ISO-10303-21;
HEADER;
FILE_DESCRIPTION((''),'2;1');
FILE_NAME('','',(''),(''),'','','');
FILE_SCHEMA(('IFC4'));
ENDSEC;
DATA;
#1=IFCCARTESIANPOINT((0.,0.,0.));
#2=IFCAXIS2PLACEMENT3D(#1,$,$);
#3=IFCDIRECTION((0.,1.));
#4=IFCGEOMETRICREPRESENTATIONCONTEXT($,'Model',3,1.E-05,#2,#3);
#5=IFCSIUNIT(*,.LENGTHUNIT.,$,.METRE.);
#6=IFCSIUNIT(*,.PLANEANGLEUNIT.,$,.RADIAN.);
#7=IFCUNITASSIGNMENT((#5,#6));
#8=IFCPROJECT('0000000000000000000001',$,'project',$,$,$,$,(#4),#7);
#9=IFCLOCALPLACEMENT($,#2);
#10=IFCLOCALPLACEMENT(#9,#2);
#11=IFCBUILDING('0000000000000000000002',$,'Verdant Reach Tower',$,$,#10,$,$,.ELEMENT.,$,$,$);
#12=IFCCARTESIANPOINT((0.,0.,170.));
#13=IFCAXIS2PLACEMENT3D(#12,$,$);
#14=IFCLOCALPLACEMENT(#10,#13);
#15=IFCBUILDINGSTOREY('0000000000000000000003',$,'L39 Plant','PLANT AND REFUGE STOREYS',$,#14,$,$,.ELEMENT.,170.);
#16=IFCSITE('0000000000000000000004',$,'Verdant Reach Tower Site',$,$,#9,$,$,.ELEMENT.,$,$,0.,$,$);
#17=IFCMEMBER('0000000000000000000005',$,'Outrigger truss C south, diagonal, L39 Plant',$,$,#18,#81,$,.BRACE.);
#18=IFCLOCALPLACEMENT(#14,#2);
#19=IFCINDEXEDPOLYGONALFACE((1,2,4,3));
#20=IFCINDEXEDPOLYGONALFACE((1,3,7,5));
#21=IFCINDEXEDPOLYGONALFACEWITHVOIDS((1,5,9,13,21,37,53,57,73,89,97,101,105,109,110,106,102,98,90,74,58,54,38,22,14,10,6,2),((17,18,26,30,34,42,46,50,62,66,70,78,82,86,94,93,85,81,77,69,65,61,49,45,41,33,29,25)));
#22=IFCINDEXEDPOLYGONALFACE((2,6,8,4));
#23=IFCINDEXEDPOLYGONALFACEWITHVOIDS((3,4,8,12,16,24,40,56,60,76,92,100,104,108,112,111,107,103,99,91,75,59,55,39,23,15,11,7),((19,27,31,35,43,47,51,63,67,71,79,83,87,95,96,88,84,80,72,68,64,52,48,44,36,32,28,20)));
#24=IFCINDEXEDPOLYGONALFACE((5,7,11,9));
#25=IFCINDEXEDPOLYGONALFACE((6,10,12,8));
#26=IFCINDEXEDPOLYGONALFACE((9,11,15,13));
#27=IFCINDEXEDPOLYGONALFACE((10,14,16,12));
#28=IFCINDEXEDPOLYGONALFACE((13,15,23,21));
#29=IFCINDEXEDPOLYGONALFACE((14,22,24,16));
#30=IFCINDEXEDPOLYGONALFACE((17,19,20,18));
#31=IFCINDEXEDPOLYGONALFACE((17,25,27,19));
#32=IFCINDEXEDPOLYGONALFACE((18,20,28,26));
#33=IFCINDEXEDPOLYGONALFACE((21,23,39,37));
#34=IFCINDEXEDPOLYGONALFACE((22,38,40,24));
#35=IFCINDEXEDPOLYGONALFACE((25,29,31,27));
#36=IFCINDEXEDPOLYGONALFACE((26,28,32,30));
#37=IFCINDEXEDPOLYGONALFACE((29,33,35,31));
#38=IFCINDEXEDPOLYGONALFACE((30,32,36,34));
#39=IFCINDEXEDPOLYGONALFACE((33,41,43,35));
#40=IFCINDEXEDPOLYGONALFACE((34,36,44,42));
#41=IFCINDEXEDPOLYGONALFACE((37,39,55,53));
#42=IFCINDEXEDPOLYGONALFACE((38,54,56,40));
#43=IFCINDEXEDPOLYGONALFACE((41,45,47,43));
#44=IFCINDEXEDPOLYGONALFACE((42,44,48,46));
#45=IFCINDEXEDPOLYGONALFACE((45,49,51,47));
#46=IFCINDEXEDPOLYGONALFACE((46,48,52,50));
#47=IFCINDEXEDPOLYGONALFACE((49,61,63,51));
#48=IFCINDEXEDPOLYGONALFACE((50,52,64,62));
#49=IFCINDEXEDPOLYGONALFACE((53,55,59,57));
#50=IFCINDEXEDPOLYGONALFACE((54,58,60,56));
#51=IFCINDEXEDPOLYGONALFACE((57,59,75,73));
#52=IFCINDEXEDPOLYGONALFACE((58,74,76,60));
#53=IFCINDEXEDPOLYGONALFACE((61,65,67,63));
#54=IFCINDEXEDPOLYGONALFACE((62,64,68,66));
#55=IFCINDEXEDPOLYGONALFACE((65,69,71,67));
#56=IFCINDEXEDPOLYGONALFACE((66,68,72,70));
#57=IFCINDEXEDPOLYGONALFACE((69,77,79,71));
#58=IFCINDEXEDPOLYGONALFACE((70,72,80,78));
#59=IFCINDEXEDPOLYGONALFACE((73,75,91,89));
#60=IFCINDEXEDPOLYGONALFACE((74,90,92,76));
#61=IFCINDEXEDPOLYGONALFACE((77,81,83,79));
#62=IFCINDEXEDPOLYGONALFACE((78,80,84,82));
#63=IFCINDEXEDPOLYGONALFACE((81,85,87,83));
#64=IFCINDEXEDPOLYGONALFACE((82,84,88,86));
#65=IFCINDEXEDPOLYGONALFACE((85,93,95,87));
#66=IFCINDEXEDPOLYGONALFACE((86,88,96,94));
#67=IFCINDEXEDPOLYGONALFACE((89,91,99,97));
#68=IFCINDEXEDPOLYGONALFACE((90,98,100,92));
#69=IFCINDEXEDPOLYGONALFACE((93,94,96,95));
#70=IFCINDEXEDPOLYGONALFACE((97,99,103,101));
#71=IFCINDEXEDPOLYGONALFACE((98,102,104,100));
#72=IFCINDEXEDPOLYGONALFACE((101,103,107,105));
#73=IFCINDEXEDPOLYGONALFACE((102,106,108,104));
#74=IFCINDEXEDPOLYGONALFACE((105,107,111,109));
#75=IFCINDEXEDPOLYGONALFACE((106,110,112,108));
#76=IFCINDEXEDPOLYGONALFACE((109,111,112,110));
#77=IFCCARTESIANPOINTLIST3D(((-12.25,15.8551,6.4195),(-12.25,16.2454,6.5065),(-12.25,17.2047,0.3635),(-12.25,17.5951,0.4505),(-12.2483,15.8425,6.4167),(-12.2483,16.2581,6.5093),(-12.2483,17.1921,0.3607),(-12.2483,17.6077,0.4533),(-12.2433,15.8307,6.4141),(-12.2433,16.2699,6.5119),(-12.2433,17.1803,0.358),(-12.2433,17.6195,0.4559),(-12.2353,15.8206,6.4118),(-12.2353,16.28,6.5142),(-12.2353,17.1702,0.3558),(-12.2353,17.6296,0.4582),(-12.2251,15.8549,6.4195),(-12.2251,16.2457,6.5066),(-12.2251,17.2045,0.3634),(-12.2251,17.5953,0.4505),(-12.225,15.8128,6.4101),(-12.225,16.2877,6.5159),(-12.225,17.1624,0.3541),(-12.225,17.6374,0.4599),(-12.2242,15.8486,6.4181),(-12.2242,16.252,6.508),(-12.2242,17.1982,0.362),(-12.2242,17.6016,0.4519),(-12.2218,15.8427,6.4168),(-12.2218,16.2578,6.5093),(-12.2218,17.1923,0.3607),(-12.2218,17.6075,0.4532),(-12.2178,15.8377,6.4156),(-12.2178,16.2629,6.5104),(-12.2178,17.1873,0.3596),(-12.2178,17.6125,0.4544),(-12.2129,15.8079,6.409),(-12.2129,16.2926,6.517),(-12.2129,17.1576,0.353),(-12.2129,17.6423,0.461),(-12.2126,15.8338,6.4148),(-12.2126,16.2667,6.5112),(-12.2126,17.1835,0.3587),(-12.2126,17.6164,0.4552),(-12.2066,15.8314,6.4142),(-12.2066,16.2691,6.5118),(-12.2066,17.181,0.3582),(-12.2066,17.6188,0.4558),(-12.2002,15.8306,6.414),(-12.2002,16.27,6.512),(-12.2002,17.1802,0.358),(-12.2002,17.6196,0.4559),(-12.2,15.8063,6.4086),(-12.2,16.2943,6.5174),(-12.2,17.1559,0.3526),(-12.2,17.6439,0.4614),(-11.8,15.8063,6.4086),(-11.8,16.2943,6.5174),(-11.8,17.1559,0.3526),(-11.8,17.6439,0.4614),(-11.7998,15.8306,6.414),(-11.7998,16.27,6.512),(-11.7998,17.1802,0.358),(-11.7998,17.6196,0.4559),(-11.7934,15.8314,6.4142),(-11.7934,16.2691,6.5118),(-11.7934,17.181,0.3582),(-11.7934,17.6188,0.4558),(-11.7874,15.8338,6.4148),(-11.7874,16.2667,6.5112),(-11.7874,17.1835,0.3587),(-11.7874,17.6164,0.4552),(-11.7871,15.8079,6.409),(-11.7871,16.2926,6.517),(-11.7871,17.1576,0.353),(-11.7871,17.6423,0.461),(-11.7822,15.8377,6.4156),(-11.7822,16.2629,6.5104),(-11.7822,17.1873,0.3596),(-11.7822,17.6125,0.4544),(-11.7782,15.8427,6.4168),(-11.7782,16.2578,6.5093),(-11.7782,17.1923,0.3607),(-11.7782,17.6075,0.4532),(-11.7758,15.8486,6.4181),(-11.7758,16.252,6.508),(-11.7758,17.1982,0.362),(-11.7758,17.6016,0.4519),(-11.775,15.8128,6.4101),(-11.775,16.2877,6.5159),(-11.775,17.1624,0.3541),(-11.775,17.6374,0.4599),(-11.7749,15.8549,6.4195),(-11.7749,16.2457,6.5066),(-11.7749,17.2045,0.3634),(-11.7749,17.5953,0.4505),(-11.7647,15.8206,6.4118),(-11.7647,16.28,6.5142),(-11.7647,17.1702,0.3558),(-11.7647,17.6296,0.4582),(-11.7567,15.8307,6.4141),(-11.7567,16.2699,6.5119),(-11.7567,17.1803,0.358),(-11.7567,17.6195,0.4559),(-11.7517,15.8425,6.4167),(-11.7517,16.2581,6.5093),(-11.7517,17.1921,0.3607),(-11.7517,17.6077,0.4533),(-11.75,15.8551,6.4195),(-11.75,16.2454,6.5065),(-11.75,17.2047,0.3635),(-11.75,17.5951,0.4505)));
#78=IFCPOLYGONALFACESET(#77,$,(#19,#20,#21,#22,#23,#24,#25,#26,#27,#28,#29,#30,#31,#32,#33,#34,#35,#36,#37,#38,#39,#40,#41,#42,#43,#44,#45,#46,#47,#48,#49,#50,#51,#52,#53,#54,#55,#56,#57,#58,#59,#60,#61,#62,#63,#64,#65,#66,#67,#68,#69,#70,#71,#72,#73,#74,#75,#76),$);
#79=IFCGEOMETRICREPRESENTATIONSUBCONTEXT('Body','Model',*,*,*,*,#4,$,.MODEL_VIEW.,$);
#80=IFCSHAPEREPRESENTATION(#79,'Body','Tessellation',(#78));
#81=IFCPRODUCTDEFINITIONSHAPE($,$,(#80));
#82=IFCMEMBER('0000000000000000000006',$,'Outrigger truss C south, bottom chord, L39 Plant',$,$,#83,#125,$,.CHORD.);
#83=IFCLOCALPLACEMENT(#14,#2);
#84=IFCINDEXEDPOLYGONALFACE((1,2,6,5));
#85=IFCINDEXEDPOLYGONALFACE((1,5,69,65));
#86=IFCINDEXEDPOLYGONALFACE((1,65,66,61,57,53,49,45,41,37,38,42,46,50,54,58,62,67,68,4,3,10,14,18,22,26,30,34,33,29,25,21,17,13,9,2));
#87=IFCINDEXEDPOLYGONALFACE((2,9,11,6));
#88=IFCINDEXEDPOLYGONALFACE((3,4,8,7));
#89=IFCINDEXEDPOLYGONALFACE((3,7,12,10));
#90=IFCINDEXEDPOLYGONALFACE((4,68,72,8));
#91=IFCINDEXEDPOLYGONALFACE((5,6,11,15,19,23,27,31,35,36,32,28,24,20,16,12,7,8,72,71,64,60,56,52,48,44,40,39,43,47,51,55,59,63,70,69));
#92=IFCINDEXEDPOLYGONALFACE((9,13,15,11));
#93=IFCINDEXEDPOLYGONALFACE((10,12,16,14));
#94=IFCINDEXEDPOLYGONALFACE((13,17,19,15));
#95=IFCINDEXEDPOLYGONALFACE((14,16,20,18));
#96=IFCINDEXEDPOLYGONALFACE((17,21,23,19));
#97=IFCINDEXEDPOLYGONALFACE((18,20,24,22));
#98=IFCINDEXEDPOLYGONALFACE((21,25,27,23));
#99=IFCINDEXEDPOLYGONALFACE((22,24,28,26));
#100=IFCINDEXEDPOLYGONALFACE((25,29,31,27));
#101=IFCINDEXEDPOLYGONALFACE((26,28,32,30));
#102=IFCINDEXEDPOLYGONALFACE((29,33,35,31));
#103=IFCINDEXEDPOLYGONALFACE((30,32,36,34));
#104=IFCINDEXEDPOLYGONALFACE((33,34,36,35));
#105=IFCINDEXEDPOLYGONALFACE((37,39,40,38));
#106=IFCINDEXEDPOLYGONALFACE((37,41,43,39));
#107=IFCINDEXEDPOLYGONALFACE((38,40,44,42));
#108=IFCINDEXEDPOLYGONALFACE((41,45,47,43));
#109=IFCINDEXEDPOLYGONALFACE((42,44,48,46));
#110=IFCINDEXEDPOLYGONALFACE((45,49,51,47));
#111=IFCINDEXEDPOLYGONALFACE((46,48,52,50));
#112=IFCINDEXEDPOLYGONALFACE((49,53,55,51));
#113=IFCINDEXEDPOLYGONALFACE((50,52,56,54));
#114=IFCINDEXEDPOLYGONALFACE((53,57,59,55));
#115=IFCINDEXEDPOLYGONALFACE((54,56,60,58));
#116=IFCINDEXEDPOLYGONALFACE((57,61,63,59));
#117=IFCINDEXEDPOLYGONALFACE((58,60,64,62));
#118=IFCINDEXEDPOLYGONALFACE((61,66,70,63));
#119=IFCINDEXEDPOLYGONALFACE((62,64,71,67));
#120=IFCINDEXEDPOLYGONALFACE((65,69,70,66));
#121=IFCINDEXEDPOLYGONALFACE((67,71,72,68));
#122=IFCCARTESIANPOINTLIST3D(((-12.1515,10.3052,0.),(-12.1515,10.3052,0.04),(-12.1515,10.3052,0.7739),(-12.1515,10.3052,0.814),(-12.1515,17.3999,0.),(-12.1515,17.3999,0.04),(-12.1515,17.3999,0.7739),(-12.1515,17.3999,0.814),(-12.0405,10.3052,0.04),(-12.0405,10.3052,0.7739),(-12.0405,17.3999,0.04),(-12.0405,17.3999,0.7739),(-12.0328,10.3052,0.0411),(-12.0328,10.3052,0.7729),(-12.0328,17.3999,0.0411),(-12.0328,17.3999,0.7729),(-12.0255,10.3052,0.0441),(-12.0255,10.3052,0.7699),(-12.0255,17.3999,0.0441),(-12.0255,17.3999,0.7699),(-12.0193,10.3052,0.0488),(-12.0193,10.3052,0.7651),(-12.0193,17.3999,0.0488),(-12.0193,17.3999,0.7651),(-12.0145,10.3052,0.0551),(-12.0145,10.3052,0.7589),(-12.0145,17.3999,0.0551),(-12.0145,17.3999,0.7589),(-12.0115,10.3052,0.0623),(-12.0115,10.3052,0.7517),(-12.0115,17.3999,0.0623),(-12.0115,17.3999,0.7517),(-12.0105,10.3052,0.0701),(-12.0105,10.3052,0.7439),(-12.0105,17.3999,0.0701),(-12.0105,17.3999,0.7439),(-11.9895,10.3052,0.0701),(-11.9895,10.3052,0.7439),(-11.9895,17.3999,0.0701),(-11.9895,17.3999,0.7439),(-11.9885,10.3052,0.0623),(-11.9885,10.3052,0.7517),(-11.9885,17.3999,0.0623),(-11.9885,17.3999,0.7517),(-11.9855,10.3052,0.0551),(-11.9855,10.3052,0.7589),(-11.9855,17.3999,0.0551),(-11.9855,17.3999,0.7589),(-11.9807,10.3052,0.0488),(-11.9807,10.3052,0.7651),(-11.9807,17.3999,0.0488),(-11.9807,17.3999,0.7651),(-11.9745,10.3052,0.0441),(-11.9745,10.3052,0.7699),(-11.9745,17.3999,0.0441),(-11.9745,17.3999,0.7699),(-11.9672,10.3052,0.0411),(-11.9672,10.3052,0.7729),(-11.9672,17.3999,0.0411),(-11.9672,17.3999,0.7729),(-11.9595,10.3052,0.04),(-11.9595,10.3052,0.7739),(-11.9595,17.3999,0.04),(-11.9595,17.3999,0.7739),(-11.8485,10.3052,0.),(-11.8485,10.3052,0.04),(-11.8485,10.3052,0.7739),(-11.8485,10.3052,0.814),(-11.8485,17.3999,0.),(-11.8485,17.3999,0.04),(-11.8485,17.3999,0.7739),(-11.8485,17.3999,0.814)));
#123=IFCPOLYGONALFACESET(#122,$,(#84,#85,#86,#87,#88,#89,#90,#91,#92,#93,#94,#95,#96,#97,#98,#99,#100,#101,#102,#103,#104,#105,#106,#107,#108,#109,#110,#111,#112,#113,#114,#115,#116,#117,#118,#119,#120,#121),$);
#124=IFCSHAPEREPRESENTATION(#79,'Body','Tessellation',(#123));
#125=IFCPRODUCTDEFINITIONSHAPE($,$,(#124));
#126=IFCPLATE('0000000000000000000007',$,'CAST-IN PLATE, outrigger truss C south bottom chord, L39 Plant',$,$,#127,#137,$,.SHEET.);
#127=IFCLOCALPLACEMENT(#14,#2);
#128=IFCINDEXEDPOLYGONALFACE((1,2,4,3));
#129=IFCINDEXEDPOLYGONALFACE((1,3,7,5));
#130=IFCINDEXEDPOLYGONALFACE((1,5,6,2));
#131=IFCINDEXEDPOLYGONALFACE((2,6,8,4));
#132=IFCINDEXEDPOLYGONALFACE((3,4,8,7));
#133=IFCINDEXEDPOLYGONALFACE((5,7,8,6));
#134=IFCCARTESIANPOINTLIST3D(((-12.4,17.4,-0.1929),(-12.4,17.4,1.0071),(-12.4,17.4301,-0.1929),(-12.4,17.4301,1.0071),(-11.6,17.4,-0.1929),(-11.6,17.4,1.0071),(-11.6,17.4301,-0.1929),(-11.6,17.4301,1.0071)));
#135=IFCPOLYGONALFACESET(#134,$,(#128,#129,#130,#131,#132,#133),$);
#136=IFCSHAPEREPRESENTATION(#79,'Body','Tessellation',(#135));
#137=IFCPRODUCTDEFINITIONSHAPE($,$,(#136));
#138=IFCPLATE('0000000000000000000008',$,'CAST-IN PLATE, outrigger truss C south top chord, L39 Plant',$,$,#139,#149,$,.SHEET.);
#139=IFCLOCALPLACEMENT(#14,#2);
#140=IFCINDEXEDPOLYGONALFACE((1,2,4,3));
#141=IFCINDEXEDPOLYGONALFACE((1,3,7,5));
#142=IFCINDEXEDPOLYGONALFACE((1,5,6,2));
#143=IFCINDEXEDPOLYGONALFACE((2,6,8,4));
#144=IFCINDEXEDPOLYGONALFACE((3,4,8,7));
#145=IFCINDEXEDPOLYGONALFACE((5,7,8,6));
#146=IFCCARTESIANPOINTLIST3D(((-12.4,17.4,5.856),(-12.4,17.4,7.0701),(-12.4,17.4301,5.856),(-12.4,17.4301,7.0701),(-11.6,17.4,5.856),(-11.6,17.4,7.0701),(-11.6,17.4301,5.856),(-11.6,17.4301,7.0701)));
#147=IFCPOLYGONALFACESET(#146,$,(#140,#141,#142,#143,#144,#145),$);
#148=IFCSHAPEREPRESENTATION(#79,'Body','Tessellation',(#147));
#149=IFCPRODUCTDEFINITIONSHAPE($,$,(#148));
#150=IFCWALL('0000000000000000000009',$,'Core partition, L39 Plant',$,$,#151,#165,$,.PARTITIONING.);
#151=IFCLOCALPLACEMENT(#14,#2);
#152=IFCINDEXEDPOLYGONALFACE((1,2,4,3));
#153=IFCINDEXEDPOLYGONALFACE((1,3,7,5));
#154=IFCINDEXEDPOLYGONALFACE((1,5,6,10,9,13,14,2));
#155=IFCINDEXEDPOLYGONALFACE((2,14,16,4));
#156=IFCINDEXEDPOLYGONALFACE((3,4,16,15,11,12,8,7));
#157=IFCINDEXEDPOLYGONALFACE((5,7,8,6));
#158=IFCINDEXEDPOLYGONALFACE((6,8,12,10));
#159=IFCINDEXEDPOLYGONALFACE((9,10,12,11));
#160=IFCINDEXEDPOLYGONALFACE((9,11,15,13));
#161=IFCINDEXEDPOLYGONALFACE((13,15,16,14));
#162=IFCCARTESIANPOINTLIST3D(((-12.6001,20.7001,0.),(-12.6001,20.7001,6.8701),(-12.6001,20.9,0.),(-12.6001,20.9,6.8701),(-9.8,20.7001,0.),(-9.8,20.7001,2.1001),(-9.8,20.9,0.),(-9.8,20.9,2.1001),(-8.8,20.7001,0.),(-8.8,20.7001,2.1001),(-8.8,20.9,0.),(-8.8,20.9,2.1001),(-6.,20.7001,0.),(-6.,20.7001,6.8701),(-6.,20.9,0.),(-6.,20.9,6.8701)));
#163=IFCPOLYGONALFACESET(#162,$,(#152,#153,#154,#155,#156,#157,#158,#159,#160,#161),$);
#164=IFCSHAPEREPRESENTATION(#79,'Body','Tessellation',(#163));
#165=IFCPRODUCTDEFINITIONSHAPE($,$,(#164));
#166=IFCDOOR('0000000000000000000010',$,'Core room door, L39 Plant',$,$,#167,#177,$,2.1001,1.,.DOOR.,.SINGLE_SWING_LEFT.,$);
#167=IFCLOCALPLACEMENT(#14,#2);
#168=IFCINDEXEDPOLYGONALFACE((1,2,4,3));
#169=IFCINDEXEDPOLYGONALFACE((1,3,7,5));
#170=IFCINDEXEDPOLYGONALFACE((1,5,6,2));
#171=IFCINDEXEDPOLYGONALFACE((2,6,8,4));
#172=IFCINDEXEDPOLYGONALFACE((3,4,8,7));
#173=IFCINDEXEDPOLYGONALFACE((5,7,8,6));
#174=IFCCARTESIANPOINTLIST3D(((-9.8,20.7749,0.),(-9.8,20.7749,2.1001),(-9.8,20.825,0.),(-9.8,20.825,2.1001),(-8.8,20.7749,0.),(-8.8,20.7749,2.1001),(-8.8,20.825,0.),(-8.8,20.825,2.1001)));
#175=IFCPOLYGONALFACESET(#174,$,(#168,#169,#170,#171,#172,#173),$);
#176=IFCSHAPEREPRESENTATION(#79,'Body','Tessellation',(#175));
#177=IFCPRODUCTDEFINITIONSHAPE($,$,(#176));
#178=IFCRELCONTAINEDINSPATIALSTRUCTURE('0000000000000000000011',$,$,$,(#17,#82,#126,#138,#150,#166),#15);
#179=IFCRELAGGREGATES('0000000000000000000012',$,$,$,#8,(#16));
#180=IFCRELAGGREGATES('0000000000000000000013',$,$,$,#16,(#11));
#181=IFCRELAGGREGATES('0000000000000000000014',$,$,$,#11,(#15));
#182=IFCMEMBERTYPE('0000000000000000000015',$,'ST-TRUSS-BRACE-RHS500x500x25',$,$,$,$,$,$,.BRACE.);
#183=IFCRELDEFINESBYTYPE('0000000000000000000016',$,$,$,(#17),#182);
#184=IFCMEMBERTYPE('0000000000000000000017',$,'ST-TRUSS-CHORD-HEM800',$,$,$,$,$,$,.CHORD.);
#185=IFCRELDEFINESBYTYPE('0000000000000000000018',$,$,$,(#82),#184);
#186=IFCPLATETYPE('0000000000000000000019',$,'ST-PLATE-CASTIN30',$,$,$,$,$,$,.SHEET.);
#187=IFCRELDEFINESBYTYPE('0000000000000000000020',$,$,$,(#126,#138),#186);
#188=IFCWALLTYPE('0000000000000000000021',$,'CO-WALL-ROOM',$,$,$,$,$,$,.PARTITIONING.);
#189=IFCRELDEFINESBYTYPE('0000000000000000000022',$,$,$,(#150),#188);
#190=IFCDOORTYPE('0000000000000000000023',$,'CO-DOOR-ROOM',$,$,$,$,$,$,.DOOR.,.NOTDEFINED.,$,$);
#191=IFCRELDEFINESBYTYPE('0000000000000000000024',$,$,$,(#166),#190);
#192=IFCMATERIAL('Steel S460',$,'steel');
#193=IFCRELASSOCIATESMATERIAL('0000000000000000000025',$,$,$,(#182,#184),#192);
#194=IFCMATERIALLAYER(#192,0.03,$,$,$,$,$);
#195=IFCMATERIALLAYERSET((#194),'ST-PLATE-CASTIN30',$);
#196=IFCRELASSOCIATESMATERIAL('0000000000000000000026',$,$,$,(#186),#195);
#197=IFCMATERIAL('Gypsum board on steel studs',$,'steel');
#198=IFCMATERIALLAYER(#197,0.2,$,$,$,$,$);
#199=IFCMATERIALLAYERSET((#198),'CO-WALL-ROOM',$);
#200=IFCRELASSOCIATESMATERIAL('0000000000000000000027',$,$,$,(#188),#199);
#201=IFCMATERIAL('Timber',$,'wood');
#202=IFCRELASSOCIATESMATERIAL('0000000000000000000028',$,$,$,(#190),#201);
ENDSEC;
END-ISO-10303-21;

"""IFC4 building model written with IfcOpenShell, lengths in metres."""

from ifc_helpers import new_model, si_unit, direction, frame, frame_2d, origin, origin_2d, place, context, subcontext, project, spatial, rectangle, hollow_rectangle, i_section, extrude, material, layer, layer_set, material_profile, profile_set, type_object, element, fill, save


model = new_model("IFC4")

# Units and contexts
model_context = context("Model", 3, precision=1e-05, world=origin(), true_north=direction((0.0, 1.0)))
body_context = subcontext(model_context, "Body", "Model", "MODEL_VIEW")
ifc_project = project(units=[si_unit("LENGTHUNIT", "METRE"), si_unit("PLANEANGLEUNIT", "RADIAN")], contexts=[model_context])

# Site, building, storey
site_placement = place(None, origin())
site = spatial("IfcSite", under=ifc_project, at=site_placement, Name="Verdant Reach Tower Site", CompositionType="ELEMENT", RefElevation=0.0)
building_placement = place(site_placement, origin())
building = spatial("IfcBuilding", under=site, at=building_placement, Name="Verdant Reach Tower", CompositionType="ELEMENT")
storey_placement = place(building_placement, frame((0.0, 0.0, 170.0)))
storey = spatial("IfcBuildingStorey", under=building, at=storey_placement, Name="L39 Plant", Description="PLANT AND REFUGE STOREYS", CompositionType="ELEMENT", Elevation=170.0)

# Members
ifc_material_1 = material(Name="Steel S460", Category="steel")
ifc_material_profile_1 = material_profile(ifc_material_1, hollow_rectangle(XDim=0.5, YDim=0.5, WallThickness=0.0249, InnerFilletRadius=0.0249, OuterFilletRadius=0.05, at=origin_2d()), Name="RHS 500x500x25")
ifc_profile_set_1 = profile_set([ifc_material_profile_1], Name="Steel S460")
member_type_1 = type_object("IfcMemberType", Name="ST-TRUSS-BRACE-RHS500x500x25", PredefinedType="BRACE", material=ifc_profile_set_1)
member_1_placement = place(storey_placement, frame((-12.0, 17.3999, 0.407), z_axis=(0.0, -0.217522, 0.976055), x_axis=(1.0, 0.0, 0.0)))
element("IfcMember", 1, at=member_1_placement, inside=storey, type_object=member_type_1, Name="Outrigger truss C south, diagonal, L39 Plant", PredefinedType="BRACE", context=body_context, shape_type="SweptSolid", body=[
    extrude(hollow_rectangle(XDim=0.5, YDim=0.5, WallThickness=0.0249, InnerFilletRadius=0.0249, OuterFilletRadius=0.05, at=origin_2d()), origin(), (0.0, 0.0, 1.0), 6.2046),
])
ifc_material_profile_2 = material_profile(ifc_material_1, i_section(OverallWidth=0.303, OverallDepth=0.814, WebThickness=0.021, FlangeThickness=0.04, FilletRadius=0.03, at=origin_2d()), Name="HEM 800")
ifc_profile_set_2 = profile_set([ifc_material_profile_2], Name="Steel S460")
member_type_2 = type_object("IfcMemberType", Name="ST-TRUSS-CHORD-HEM800", PredefinedType="CHORD", material=ifc_profile_set_2)
member_2_placement = place(storey_placement, frame((-12.0, 17.3999, 0.407), z_axis=(0.0, -1.0, 0.0), x_axis=(1.0, 0.0, 0.0)))
element("IfcMember", 2, at=member_2_placement, inside=storey, type_object=member_type_2, Name="Outrigger truss C south, bottom chord, L39 Plant", PredefinedType="CHORD", context=body_context, shape_type="SweptSolid", body=[
    extrude(i_section(OverallWidth=0.303, OverallDepth=0.814, WebThickness=0.021, FlangeThickness=0.04, FilletRadius=0.03, at=origin_2d()), origin(), (0.0, 0.0, 1.0), 7.0947),
])

# Plates
ifc_layer_1 = layer(ifc_material_1, 0.03)
ifc_layer_set_1 = layer_set([ifc_layer_1], Name="ST-PLATE-CASTIN30")
plate_type = type_object("IfcPlateType", Name="ST-PLATE-CASTIN30", PredefinedType="SHEET", material=ifc_layer_set_1)
plate_1_placement = place(storey_placement, frame((-12.0, 17.415, -0.1929), z_axis=(0.0, 0.0, 1.0), x_axis=(1.0, 0.0, 0.0)))
element("IfcPlate", 3, at=plate_1_placement, inside=storey, type_object=plate_type, Name="CAST-IN PLATE, outrigger truss C south bottom chord, L39 Plant", PredefinedType="SHEET", context=body_context, shape_type="SweptSolid", body=[
    extrude(rectangle(XDim=0.8, YDim=0.03, at=origin_2d()), origin(), (0.0, 0.0, 1.0), 1.2),
])
plate_2_placement = place(storey_placement, frame((-12.0, 17.415, 5.856), z_axis=(0.0, 0.0, 1.0), x_axis=(1.0, 0.0, 0.0)))
element("IfcPlate", 4, at=plate_2_placement, inside=storey, type_object=plate_type, Name="CAST-IN PLATE, outrigger truss C south top chord, L39 Plant", PredefinedType="SHEET", context=body_context, shape_type="SweptSolid", body=[
    extrude(rectangle(XDim=0.8, YDim=0.03, at=origin_2d()), origin(), (0.0, 0.0, 1.0), 1.2141),
])

# Wall, opening, door
ifc_material_2 = material(Name="Gypsum board on steel studs", Category="steel")
ifc_layer_2 = layer(ifc_material_2, 0.2)
ifc_layer_set_2 = layer_set([ifc_layer_2], Name="CO-WALL-ROOM")
wall_type_1 = type_object("IfcWallType", Name="CO-WALL-ROOM", PredefinedType="PARTITIONING", material=ifc_layer_set_2)
wall_1_placement = place(storey_placement, frame((-12.6001, 20.8, 0.0), z_axis=(0.0, 0.0, 1.0), x_axis=(1.0, 0.0, 0.0)))
wall_1 = element("IfcWall", 5, at=wall_1_placement, inside=storey, type_object=wall_type_1, Name="Core partition, L39 Plant", PredefinedType="PARTITIONING", context=body_context, shape_type="SweptSolid", body=[
    extrude(rectangle(XDim=6.6001, YDim=0.2, at=frame_2d((3.3, 0.0))), origin(), (0.0, 0.0, 1.0), 6.8701),
])
opening_1_placement = place(wall_1_placement, frame((2.8, 0.0, 0.0)))
opening_1 = element("IfcOpeningElement", 6, at=opening_1_placement, cuts=wall_1, PredefinedType="OPENING", context=body_context, shape_type="SweptSolid", body=[
    extrude(rectangle(XDim=1.0, YDim=2.1001, at=frame_2d((0.5, 1.05))), frame((0.0, 0.1099, 0.0), z_axis=(0.0, -1.0, 0.0), x_axis=(1.0, 0.0, 0.0)), (0.0, 0.0, 1.0), 0.22),
])
ifc_material_3 = material(Name="Timber", Category="wood")
door_type_1 = type_object("IfcDoorType", Name="CO-DOOR-ROOM", OperationType="NOTDEFINED", PredefinedType="DOOR", material=ifc_material_3)
door_1_placement = place(opening_1_placement, origin())
door_1 = element("IfcDoor", 7, at=door_1_placement, inside=storey, type_object=door_type_1, Name="Core room door, L39 Plant", OperationType="SINGLE_SWING_LEFT", OverallHeight=2.1001, OverallWidth=1.0, PredefinedType="DOOR", context=body_context, shape_type="SweptSolid", body=[
    extrude(rectangle(XDim=1.0, YDim=2.1001, at=frame_2d((0.5, 1.05))), frame((0.0, 0.0249, 0.0), z_axis=(0.0, -1.0, 0.0), x_axis=(1.0, 0.0, 0.0)), (0.0, 0.0, 1.0), 0.05),
])
fill(opening_1, door_1)

save(model, "model.ifc")
